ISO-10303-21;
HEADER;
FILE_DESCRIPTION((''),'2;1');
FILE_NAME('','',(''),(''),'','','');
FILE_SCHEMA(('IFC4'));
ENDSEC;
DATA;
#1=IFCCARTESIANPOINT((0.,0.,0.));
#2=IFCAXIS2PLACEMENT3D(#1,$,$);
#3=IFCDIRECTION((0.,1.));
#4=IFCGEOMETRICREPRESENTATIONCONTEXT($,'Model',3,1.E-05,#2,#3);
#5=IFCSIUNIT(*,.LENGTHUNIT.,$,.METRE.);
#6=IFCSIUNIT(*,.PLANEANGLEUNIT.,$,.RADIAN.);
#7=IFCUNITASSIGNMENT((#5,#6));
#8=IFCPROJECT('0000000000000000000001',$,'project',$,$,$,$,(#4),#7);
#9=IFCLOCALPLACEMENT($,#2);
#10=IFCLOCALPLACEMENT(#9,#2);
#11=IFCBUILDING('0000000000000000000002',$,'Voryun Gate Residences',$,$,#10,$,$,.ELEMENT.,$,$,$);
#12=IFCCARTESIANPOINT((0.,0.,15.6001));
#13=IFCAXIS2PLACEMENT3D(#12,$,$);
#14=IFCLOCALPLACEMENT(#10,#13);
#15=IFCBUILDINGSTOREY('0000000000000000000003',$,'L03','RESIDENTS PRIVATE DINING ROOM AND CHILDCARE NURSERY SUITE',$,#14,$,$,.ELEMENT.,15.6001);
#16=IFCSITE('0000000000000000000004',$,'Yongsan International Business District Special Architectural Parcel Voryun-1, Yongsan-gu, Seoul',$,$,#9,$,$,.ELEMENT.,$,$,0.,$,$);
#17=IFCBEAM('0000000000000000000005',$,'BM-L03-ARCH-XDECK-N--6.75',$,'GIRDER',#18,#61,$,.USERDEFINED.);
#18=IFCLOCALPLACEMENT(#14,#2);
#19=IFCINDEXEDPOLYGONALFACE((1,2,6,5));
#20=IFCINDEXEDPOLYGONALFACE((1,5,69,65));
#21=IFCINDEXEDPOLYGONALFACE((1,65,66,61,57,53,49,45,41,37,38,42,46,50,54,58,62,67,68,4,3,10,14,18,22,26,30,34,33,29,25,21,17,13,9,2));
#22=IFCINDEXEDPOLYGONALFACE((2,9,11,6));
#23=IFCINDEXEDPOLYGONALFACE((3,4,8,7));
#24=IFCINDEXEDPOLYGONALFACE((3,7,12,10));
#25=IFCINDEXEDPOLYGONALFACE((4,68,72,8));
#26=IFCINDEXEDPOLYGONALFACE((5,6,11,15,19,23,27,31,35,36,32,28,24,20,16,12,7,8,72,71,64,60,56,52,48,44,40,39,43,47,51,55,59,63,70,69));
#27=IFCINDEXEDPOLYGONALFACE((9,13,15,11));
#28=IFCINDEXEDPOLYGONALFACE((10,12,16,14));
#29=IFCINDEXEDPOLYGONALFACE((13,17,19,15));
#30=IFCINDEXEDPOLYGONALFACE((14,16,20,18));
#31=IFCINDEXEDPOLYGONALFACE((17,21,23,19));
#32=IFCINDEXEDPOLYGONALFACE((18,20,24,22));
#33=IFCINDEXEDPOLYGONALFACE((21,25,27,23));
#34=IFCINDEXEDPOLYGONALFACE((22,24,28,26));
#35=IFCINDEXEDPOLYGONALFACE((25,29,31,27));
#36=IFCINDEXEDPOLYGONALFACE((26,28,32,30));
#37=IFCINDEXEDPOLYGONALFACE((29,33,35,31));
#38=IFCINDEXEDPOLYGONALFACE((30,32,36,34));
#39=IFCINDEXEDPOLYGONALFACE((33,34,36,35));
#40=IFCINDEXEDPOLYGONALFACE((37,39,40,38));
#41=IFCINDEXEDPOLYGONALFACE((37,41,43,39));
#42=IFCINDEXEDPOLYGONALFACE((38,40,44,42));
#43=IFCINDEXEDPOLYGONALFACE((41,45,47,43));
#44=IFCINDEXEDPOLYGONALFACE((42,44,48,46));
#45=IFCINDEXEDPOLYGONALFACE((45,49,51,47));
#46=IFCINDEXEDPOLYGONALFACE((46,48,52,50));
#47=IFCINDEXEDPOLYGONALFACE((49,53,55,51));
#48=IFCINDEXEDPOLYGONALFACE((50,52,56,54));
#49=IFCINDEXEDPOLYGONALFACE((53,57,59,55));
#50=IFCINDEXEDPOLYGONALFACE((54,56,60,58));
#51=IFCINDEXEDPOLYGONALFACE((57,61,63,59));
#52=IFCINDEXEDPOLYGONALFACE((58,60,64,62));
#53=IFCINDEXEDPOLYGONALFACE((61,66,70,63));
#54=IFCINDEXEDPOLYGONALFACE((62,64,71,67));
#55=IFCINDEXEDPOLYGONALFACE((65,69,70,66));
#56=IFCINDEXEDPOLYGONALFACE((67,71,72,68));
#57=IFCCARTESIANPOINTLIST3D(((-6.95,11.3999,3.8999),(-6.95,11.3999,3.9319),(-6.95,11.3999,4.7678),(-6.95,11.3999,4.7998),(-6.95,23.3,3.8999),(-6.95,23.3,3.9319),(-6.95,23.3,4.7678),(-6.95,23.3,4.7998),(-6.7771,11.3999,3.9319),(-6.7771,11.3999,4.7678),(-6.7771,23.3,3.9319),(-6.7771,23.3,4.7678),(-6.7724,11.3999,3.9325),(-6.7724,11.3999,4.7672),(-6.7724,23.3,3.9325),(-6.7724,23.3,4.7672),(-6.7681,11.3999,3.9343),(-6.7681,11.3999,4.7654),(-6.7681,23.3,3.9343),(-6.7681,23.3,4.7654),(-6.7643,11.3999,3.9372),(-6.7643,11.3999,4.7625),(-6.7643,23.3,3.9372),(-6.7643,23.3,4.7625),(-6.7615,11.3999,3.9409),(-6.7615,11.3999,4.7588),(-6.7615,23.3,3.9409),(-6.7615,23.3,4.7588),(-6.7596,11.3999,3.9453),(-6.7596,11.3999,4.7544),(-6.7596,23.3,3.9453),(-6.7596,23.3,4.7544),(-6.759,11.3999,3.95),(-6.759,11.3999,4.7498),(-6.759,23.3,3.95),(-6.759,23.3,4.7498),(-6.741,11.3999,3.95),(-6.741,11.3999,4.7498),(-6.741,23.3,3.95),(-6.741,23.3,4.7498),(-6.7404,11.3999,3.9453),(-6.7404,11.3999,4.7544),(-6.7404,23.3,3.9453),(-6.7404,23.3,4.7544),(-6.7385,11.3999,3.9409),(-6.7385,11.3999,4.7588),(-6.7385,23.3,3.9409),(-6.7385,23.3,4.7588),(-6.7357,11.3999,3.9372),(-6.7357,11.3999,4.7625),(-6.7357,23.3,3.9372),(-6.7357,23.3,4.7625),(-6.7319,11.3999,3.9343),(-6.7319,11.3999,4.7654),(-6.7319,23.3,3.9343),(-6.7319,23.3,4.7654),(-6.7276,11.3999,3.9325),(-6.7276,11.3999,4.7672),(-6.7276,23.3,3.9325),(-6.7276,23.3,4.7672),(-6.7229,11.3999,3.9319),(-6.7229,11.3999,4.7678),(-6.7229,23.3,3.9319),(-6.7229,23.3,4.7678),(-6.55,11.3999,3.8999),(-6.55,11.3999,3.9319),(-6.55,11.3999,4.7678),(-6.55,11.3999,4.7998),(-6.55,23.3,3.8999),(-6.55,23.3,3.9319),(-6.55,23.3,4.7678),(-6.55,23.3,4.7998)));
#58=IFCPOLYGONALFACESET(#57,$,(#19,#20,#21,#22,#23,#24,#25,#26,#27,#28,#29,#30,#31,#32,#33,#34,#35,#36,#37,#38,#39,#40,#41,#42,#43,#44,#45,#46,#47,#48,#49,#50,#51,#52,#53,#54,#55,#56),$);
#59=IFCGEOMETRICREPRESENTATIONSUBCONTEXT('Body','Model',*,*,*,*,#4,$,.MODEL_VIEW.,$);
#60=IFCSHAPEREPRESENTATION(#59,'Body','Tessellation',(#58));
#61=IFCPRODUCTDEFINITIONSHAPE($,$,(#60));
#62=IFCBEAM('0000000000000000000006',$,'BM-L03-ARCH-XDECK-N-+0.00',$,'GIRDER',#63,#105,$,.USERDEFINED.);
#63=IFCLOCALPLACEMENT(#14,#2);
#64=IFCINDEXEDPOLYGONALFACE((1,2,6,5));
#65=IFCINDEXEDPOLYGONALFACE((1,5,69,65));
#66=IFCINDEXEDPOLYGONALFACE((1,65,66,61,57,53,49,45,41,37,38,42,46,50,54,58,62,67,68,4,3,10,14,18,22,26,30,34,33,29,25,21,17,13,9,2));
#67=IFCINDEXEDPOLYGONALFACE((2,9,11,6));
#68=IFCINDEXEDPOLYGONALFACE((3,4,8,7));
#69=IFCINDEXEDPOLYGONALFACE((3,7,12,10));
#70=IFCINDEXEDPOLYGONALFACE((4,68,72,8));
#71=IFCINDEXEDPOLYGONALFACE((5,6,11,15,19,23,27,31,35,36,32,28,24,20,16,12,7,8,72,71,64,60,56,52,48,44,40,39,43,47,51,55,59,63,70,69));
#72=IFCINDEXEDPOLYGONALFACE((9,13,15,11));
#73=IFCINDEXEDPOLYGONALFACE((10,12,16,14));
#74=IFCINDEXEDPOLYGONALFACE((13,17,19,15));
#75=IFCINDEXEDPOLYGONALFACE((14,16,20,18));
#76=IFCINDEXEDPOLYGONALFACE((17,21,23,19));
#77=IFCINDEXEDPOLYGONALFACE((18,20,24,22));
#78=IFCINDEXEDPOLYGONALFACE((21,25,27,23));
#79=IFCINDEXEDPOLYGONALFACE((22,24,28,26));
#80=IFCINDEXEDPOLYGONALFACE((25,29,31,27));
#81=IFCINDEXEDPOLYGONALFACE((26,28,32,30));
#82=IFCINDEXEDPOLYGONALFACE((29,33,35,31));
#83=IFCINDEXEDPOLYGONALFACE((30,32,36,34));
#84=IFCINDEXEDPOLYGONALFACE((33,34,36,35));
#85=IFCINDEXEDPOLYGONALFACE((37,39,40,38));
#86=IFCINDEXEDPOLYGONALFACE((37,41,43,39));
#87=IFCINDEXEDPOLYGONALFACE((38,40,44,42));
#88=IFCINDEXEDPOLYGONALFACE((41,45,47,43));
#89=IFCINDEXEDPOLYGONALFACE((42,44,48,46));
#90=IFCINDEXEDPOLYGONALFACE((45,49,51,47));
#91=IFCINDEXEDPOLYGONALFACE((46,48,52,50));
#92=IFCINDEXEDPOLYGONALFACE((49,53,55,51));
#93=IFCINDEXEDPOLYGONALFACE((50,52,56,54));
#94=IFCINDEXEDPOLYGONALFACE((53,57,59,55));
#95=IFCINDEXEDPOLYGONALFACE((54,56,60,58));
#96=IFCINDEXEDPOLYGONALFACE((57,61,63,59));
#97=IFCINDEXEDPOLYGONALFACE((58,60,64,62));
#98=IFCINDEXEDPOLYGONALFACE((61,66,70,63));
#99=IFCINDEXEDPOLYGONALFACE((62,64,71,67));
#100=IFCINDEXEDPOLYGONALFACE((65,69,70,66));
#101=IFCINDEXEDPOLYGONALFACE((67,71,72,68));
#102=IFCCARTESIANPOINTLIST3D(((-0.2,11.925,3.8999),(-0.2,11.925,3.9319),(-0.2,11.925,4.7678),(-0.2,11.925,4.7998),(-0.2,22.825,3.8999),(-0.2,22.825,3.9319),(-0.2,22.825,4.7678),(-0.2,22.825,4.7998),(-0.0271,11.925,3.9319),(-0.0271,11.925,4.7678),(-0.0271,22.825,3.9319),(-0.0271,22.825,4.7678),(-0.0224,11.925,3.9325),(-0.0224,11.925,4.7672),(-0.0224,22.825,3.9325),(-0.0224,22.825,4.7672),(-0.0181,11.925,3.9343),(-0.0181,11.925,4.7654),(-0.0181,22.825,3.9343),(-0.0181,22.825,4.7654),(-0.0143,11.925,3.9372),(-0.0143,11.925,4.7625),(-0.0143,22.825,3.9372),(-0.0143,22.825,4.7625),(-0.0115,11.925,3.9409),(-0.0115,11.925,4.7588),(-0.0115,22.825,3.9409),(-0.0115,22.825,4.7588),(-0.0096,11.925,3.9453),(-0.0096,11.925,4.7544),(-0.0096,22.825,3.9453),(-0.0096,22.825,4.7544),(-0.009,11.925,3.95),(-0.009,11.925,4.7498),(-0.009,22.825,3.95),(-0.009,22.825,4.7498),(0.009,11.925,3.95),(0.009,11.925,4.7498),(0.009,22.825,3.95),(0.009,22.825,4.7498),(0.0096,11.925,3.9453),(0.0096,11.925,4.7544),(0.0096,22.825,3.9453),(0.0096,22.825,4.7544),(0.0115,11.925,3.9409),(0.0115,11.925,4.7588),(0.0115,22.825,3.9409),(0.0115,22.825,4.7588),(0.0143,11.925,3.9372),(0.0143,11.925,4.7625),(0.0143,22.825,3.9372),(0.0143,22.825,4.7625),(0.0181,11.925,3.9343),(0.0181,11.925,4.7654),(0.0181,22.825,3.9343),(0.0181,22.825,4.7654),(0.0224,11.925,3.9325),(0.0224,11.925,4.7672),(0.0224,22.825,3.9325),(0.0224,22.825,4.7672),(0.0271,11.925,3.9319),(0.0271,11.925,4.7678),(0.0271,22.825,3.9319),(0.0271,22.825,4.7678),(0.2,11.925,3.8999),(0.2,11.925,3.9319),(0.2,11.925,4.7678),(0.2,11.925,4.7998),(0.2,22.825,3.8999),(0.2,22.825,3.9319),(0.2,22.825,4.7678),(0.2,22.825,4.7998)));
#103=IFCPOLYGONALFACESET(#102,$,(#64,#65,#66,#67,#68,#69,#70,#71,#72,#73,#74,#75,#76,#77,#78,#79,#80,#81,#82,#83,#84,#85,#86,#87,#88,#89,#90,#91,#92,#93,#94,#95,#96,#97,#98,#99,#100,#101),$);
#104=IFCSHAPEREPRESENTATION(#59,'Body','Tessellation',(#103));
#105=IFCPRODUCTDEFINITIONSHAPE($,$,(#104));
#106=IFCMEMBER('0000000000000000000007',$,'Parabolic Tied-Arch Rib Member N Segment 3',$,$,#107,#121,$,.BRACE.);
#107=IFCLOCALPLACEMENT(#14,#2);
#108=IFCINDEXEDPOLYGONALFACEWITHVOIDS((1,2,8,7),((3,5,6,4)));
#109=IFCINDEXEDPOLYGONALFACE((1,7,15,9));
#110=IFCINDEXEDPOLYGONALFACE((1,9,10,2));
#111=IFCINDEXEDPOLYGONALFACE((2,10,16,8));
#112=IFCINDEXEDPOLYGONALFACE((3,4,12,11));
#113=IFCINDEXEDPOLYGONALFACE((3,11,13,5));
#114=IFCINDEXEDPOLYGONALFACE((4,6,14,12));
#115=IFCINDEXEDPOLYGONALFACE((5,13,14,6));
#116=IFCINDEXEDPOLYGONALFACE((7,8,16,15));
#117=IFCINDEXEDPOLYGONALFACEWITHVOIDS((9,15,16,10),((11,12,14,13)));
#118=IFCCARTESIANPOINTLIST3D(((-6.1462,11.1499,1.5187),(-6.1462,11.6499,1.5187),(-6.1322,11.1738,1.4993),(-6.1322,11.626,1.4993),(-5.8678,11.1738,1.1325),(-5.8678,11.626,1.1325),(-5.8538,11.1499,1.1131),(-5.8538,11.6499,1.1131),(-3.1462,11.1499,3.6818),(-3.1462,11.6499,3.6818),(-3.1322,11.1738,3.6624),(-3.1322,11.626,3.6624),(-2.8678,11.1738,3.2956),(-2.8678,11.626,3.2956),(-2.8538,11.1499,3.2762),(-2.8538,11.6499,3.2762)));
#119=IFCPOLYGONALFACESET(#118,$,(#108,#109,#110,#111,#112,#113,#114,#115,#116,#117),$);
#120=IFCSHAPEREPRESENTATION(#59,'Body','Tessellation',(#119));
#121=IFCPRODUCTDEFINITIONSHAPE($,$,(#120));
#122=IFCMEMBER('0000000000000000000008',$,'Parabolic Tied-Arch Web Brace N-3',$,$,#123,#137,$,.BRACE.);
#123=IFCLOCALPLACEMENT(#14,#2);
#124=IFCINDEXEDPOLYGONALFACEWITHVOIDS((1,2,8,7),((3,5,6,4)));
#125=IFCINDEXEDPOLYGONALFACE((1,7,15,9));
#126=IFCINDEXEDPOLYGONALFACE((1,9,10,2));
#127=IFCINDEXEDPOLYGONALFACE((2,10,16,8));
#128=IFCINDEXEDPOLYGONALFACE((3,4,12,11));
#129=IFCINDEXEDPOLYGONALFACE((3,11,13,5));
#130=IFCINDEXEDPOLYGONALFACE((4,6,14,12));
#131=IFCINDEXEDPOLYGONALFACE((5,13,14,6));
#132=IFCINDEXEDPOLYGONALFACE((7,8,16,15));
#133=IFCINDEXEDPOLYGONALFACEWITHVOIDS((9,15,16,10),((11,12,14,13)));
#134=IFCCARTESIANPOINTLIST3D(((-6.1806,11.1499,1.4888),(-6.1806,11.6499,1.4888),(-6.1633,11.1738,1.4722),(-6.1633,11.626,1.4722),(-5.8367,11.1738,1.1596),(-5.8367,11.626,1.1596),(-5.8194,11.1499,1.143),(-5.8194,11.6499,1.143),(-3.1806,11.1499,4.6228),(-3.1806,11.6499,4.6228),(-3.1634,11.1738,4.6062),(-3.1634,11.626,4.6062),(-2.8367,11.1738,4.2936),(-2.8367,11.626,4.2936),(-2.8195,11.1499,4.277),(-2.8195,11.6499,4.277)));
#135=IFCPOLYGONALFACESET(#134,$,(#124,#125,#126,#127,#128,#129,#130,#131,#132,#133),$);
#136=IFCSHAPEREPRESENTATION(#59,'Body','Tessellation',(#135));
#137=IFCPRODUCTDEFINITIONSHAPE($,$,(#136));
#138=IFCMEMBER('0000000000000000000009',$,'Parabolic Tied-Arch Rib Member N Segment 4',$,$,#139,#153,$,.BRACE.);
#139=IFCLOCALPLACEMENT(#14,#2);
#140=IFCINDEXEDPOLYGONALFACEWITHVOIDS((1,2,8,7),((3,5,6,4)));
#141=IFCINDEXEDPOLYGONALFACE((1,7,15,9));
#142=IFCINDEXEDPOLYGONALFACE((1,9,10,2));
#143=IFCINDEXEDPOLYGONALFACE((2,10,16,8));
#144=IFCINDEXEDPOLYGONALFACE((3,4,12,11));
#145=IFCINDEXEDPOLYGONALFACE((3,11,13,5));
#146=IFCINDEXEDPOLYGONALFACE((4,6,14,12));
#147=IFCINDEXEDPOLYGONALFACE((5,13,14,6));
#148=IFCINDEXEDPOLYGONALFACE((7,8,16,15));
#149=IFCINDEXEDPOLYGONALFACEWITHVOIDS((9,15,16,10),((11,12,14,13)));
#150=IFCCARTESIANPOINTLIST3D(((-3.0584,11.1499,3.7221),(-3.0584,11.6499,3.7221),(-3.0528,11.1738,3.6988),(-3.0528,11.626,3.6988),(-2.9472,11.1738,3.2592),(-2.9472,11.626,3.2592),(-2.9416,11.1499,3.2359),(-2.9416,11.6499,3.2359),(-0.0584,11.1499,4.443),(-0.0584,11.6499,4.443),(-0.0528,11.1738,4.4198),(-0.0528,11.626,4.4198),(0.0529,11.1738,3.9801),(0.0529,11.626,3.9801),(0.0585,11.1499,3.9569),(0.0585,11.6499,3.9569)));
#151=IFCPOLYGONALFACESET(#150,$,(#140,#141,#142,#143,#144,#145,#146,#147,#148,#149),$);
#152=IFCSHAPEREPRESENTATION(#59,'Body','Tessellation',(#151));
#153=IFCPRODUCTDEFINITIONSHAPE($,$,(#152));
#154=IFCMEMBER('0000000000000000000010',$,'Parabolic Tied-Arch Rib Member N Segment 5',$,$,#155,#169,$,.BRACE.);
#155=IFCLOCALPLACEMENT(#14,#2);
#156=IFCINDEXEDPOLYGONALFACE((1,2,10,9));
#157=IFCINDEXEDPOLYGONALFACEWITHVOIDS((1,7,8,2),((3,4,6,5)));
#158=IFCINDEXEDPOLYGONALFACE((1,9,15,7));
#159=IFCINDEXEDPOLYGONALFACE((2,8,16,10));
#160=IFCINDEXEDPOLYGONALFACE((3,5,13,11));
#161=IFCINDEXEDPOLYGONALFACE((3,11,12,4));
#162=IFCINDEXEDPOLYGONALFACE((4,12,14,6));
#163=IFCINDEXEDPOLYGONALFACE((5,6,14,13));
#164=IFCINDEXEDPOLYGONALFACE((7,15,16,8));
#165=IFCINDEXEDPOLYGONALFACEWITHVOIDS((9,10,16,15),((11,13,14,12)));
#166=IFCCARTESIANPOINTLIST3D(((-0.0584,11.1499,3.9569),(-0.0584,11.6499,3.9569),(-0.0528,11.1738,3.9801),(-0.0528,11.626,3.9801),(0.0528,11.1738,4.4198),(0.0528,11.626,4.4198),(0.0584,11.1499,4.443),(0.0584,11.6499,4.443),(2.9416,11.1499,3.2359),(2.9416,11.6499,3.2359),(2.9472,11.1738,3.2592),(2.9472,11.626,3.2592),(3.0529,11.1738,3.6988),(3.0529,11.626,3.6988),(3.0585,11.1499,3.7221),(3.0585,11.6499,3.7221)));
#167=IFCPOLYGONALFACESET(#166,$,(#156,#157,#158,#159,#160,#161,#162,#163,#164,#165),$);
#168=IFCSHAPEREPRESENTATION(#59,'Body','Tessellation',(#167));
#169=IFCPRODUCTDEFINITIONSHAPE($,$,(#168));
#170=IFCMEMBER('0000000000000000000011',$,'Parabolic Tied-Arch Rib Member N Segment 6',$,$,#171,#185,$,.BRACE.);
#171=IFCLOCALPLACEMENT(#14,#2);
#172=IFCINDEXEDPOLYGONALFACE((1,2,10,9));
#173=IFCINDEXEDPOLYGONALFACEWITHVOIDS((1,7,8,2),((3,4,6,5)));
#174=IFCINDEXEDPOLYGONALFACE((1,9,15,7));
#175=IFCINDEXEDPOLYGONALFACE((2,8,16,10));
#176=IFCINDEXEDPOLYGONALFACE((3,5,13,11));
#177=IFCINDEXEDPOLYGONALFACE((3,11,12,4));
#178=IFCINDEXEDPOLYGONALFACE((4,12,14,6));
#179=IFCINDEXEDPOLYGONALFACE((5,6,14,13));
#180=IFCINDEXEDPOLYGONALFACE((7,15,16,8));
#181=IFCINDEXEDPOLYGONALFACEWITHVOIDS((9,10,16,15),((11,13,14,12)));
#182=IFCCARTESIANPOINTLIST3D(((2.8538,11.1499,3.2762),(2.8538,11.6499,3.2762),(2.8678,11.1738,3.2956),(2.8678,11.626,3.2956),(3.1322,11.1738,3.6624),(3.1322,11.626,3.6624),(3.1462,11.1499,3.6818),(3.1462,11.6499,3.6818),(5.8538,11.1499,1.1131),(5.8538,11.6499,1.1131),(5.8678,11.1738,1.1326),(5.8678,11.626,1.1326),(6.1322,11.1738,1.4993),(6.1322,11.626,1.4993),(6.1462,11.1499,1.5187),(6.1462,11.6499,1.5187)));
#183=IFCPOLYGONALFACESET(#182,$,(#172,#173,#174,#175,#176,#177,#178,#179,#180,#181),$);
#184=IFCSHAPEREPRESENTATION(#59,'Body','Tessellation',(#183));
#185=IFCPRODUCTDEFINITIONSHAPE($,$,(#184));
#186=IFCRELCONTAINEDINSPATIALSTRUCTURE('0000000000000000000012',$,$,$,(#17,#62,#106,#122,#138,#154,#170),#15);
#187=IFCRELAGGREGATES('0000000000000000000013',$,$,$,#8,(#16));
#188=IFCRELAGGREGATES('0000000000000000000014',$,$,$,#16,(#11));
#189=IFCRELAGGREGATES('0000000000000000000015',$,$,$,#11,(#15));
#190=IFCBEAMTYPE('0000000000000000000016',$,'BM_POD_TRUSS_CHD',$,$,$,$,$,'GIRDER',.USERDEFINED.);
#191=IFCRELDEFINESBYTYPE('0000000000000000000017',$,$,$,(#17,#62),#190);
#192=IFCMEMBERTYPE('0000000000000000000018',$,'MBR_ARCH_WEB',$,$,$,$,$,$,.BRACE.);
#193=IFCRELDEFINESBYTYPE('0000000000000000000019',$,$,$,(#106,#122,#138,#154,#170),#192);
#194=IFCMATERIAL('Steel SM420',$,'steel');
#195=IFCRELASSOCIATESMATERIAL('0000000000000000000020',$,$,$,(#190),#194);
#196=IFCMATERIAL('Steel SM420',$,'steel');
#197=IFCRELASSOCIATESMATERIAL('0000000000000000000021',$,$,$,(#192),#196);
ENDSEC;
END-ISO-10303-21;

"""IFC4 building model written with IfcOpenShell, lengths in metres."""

from ifc_helpers import new_model, si_unit, direction, frame, origin, origin_2d, place, context, subcontext, project, spatial, hollow_rectangle, i_section, extrude, material, material_profile, profile_set, type_object, element, save


model = new_model("IFC4")

# Units and contexts
model_context = context("Model", 3, precision=1e-05, world=origin(), true_north=direction((0.0, 1.0)))
body_context = subcontext(model_context, "Body", "Model", "MODEL_VIEW")
ifc_project = project(units=[si_unit("LENGTHUNIT", "METRE"), si_unit("PLANEANGLEUNIT", "RADIAN")], contexts=[model_context])

# Site, building, storey
site_placement = place(None, origin())
site = spatial("IfcSite", under=ifc_project, at=site_placement, Name="Yongsan International Business District Special Architectural Parcel Voryun-1, Yongsan-gu, Seoul", CompositionType="ELEMENT", RefElevation=0.0)
building_placement = place(site_placement, origin())
building = spatial("IfcBuilding", under=site, at=building_placement, Name="Voryun Gate Residences", CompositionType="ELEMENT")
storey_placement = place(building_placement, frame((0.0, 0.0, 15.6001)))
storey = spatial("IfcBuildingStorey", under=building, at=storey_placement, Name="L03", Description="RESIDENTS PRIVATE DINING ROOM AND CHILDCARE NURSERY SUITE", CompositionType="ELEMENT", Elevation=15.6001)

# Beams
ifc_material_1 = material(Name="Steel SM420", Category="steel")
ifc_material_profile_1 = material_profile(ifc_material_1, i_section(OverallWidth=0.3999, OverallDepth=0.8999, WebThickness=0.0181, FlangeThickness=0.032, FilletRadius=0.0181, at=origin_2d()), Name="H-900x400x18x32")
ifc_profile_set_1 = profile_set([ifc_material_profile_1], Name="Steel SM420")
beam_type_1 = type_object("IfcBeamType", Name="BM_POD_TRUSS_CHD", ElementType="GIRDER", PredefinedType="USERDEFINED", material=ifc_profile_set_1)
beam_1_placement = place(storey_placement, frame((-6.75, 11.3999, 4.3499), z_axis=(0.0, 1.0, 0.0), x_axis=(-1.0, 0.0, 0.0)))
element("IfcBeam", 1, at=beam_1_placement, inside=storey, type_object=beam_type_1, Name="BM-L03-ARCH-XDECK-N--6.75", ObjectType="GIRDER", PredefinedType="USERDEFINED", context=body_context, shape_type="SweptSolid", body=[
    extrude(i_section(OverallWidth=0.3999, OverallDepth=0.8999, WebThickness=0.0181, FlangeThickness=0.032, FilletRadius=0.0181, at=origin_2d()), origin(), (0.0, 0.0, 1.0), 11.9001),
])
beam_2_placement = place(storey_placement, frame((0.0, 11.925, 4.3499), z_axis=(0.0, 1.0, 0.0), x_axis=(-1.0, 0.0, 0.0)))
element("IfcBeam", 2, at=beam_2_placement, inside=storey, type_object=beam_type_1, Name="BM-L03-ARCH-XDECK-N-+0.00", ObjectType="GIRDER", PredefinedType="USERDEFINED", context=body_context, shape_type="SweptSolid", body=[
    extrude(i_section(OverallWidth=0.3999, OverallDepth=0.8999, WebThickness=0.0181, FlangeThickness=0.032, FilletRadius=0.0181, at=origin_2d()), origin(), (0.0, 0.0, 1.0), 10.8999),
])

# Members
ifc_material_2 = material(Name="Steel SM420", Category="steel")
ifc_material_profile_2 = material_profile(ifc_material_2, hollow_rectangle(XDim=0.5, YDim=0.5, WallThickness=0.0239, at=origin_2d()), Name="BOX-500x500x24")
ifc_profile_set_2 = profile_set([ifc_material_profile_2], Name="Steel SM420")
member_type = type_object("IfcMemberType", Name="MBR_ARCH_WEB", PredefinedType="BRACE", material=ifc_profile_set_2)
member_1_placement = place(storey_placement, frame((-6.0, 11.3999, 1.3159), z_axis=(0.811139, 0.0, 0.584854), x_axis=(0.0, 1.0, 0.0)))
element("IfcMember", 3, at=member_1_placement, inside=storey, type_object=member_type, Name="Parabolic Tied-Arch Rib Member N Segment 3", PredefinedType="BRACE", context=body_context, shape_type="SweptSolid", body=[
    extrude(hollow_rectangle(XDim=0.5, YDim=0.5, WallThickness=0.0239, at=origin_2d()), origin(), (0.0, 0.0, 1.0), 3.6985),
])
member_2_placement = place(storey_placement, frame((-6.0, 11.3999, 1.3159), z_axis=(0.691491, 0.0, 0.722385), x_axis=(0.0, 1.0, 0.0)))
element("IfcMember", 4, at=member_2_placement, inside=storey, type_object=member_type, Name="Parabolic Tied-Arch Web Brace N-3", PredefinedType="BRACE", context=body_context, shape_type="SweptSolid", body=[
    extrude(hollow_rectangle(XDim=0.5, YDim=0.5, WallThickness=0.0239, at=origin_2d()), origin(), (0.0, 0.0, 1.0), 4.3384),
])
for number, where, z_axis, x_axis, name in (
    (5, (-3.0, 11.3999, 3.479), (0.972318, 0.0, 0.233663), (0.0, 1.0, 0.0), "Parabolic Tied-Arch Rib Member N Segment 4"),
    (6, (0.0, 11.3999, 4.2), (0.972318, 0.0, -0.233663), (0.0, 1.0, 0.0), "Parabolic Tied-Arch Rib Member N Segment 5"),
):
    element("IfcMember", number, at=place(storey_placement, frame(where, z_axis=z_axis, x_axis=x_axis)), inside=storey, type_object=member_type, Name=name, PredefinedType="BRACE", context=body_context, shape_type="SweptSolid", body=[
        extrude(hollow_rectangle(XDim=0.5, YDim=0.5, WallThickness=0.0239, at=origin_2d()), origin(), (0.0, 0.0, 1.0), 3.0854),
    ])
member_3_placement = place(storey_placement, frame((3.0, 11.3999, 3.479), z_axis=(0.811139, 0.0, -0.584854), x_axis=(0.0, 1.0, 0.0)))
element("IfcMember", 7, at=member_3_placement, inside=storey, type_object=member_type, Name="Parabolic Tied-Arch Rib Member N Segment 6", PredefinedType="BRACE", context=body_context, shape_type="SweptSolid", body=[
    extrude(hollow_rectangle(XDim=0.5, YDim=0.5, WallThickness=0.0239, at=origin_2d()), origin(), (0.0, 0.0, 1.0), 3.6985),
])

save(model, "model.ifc")
